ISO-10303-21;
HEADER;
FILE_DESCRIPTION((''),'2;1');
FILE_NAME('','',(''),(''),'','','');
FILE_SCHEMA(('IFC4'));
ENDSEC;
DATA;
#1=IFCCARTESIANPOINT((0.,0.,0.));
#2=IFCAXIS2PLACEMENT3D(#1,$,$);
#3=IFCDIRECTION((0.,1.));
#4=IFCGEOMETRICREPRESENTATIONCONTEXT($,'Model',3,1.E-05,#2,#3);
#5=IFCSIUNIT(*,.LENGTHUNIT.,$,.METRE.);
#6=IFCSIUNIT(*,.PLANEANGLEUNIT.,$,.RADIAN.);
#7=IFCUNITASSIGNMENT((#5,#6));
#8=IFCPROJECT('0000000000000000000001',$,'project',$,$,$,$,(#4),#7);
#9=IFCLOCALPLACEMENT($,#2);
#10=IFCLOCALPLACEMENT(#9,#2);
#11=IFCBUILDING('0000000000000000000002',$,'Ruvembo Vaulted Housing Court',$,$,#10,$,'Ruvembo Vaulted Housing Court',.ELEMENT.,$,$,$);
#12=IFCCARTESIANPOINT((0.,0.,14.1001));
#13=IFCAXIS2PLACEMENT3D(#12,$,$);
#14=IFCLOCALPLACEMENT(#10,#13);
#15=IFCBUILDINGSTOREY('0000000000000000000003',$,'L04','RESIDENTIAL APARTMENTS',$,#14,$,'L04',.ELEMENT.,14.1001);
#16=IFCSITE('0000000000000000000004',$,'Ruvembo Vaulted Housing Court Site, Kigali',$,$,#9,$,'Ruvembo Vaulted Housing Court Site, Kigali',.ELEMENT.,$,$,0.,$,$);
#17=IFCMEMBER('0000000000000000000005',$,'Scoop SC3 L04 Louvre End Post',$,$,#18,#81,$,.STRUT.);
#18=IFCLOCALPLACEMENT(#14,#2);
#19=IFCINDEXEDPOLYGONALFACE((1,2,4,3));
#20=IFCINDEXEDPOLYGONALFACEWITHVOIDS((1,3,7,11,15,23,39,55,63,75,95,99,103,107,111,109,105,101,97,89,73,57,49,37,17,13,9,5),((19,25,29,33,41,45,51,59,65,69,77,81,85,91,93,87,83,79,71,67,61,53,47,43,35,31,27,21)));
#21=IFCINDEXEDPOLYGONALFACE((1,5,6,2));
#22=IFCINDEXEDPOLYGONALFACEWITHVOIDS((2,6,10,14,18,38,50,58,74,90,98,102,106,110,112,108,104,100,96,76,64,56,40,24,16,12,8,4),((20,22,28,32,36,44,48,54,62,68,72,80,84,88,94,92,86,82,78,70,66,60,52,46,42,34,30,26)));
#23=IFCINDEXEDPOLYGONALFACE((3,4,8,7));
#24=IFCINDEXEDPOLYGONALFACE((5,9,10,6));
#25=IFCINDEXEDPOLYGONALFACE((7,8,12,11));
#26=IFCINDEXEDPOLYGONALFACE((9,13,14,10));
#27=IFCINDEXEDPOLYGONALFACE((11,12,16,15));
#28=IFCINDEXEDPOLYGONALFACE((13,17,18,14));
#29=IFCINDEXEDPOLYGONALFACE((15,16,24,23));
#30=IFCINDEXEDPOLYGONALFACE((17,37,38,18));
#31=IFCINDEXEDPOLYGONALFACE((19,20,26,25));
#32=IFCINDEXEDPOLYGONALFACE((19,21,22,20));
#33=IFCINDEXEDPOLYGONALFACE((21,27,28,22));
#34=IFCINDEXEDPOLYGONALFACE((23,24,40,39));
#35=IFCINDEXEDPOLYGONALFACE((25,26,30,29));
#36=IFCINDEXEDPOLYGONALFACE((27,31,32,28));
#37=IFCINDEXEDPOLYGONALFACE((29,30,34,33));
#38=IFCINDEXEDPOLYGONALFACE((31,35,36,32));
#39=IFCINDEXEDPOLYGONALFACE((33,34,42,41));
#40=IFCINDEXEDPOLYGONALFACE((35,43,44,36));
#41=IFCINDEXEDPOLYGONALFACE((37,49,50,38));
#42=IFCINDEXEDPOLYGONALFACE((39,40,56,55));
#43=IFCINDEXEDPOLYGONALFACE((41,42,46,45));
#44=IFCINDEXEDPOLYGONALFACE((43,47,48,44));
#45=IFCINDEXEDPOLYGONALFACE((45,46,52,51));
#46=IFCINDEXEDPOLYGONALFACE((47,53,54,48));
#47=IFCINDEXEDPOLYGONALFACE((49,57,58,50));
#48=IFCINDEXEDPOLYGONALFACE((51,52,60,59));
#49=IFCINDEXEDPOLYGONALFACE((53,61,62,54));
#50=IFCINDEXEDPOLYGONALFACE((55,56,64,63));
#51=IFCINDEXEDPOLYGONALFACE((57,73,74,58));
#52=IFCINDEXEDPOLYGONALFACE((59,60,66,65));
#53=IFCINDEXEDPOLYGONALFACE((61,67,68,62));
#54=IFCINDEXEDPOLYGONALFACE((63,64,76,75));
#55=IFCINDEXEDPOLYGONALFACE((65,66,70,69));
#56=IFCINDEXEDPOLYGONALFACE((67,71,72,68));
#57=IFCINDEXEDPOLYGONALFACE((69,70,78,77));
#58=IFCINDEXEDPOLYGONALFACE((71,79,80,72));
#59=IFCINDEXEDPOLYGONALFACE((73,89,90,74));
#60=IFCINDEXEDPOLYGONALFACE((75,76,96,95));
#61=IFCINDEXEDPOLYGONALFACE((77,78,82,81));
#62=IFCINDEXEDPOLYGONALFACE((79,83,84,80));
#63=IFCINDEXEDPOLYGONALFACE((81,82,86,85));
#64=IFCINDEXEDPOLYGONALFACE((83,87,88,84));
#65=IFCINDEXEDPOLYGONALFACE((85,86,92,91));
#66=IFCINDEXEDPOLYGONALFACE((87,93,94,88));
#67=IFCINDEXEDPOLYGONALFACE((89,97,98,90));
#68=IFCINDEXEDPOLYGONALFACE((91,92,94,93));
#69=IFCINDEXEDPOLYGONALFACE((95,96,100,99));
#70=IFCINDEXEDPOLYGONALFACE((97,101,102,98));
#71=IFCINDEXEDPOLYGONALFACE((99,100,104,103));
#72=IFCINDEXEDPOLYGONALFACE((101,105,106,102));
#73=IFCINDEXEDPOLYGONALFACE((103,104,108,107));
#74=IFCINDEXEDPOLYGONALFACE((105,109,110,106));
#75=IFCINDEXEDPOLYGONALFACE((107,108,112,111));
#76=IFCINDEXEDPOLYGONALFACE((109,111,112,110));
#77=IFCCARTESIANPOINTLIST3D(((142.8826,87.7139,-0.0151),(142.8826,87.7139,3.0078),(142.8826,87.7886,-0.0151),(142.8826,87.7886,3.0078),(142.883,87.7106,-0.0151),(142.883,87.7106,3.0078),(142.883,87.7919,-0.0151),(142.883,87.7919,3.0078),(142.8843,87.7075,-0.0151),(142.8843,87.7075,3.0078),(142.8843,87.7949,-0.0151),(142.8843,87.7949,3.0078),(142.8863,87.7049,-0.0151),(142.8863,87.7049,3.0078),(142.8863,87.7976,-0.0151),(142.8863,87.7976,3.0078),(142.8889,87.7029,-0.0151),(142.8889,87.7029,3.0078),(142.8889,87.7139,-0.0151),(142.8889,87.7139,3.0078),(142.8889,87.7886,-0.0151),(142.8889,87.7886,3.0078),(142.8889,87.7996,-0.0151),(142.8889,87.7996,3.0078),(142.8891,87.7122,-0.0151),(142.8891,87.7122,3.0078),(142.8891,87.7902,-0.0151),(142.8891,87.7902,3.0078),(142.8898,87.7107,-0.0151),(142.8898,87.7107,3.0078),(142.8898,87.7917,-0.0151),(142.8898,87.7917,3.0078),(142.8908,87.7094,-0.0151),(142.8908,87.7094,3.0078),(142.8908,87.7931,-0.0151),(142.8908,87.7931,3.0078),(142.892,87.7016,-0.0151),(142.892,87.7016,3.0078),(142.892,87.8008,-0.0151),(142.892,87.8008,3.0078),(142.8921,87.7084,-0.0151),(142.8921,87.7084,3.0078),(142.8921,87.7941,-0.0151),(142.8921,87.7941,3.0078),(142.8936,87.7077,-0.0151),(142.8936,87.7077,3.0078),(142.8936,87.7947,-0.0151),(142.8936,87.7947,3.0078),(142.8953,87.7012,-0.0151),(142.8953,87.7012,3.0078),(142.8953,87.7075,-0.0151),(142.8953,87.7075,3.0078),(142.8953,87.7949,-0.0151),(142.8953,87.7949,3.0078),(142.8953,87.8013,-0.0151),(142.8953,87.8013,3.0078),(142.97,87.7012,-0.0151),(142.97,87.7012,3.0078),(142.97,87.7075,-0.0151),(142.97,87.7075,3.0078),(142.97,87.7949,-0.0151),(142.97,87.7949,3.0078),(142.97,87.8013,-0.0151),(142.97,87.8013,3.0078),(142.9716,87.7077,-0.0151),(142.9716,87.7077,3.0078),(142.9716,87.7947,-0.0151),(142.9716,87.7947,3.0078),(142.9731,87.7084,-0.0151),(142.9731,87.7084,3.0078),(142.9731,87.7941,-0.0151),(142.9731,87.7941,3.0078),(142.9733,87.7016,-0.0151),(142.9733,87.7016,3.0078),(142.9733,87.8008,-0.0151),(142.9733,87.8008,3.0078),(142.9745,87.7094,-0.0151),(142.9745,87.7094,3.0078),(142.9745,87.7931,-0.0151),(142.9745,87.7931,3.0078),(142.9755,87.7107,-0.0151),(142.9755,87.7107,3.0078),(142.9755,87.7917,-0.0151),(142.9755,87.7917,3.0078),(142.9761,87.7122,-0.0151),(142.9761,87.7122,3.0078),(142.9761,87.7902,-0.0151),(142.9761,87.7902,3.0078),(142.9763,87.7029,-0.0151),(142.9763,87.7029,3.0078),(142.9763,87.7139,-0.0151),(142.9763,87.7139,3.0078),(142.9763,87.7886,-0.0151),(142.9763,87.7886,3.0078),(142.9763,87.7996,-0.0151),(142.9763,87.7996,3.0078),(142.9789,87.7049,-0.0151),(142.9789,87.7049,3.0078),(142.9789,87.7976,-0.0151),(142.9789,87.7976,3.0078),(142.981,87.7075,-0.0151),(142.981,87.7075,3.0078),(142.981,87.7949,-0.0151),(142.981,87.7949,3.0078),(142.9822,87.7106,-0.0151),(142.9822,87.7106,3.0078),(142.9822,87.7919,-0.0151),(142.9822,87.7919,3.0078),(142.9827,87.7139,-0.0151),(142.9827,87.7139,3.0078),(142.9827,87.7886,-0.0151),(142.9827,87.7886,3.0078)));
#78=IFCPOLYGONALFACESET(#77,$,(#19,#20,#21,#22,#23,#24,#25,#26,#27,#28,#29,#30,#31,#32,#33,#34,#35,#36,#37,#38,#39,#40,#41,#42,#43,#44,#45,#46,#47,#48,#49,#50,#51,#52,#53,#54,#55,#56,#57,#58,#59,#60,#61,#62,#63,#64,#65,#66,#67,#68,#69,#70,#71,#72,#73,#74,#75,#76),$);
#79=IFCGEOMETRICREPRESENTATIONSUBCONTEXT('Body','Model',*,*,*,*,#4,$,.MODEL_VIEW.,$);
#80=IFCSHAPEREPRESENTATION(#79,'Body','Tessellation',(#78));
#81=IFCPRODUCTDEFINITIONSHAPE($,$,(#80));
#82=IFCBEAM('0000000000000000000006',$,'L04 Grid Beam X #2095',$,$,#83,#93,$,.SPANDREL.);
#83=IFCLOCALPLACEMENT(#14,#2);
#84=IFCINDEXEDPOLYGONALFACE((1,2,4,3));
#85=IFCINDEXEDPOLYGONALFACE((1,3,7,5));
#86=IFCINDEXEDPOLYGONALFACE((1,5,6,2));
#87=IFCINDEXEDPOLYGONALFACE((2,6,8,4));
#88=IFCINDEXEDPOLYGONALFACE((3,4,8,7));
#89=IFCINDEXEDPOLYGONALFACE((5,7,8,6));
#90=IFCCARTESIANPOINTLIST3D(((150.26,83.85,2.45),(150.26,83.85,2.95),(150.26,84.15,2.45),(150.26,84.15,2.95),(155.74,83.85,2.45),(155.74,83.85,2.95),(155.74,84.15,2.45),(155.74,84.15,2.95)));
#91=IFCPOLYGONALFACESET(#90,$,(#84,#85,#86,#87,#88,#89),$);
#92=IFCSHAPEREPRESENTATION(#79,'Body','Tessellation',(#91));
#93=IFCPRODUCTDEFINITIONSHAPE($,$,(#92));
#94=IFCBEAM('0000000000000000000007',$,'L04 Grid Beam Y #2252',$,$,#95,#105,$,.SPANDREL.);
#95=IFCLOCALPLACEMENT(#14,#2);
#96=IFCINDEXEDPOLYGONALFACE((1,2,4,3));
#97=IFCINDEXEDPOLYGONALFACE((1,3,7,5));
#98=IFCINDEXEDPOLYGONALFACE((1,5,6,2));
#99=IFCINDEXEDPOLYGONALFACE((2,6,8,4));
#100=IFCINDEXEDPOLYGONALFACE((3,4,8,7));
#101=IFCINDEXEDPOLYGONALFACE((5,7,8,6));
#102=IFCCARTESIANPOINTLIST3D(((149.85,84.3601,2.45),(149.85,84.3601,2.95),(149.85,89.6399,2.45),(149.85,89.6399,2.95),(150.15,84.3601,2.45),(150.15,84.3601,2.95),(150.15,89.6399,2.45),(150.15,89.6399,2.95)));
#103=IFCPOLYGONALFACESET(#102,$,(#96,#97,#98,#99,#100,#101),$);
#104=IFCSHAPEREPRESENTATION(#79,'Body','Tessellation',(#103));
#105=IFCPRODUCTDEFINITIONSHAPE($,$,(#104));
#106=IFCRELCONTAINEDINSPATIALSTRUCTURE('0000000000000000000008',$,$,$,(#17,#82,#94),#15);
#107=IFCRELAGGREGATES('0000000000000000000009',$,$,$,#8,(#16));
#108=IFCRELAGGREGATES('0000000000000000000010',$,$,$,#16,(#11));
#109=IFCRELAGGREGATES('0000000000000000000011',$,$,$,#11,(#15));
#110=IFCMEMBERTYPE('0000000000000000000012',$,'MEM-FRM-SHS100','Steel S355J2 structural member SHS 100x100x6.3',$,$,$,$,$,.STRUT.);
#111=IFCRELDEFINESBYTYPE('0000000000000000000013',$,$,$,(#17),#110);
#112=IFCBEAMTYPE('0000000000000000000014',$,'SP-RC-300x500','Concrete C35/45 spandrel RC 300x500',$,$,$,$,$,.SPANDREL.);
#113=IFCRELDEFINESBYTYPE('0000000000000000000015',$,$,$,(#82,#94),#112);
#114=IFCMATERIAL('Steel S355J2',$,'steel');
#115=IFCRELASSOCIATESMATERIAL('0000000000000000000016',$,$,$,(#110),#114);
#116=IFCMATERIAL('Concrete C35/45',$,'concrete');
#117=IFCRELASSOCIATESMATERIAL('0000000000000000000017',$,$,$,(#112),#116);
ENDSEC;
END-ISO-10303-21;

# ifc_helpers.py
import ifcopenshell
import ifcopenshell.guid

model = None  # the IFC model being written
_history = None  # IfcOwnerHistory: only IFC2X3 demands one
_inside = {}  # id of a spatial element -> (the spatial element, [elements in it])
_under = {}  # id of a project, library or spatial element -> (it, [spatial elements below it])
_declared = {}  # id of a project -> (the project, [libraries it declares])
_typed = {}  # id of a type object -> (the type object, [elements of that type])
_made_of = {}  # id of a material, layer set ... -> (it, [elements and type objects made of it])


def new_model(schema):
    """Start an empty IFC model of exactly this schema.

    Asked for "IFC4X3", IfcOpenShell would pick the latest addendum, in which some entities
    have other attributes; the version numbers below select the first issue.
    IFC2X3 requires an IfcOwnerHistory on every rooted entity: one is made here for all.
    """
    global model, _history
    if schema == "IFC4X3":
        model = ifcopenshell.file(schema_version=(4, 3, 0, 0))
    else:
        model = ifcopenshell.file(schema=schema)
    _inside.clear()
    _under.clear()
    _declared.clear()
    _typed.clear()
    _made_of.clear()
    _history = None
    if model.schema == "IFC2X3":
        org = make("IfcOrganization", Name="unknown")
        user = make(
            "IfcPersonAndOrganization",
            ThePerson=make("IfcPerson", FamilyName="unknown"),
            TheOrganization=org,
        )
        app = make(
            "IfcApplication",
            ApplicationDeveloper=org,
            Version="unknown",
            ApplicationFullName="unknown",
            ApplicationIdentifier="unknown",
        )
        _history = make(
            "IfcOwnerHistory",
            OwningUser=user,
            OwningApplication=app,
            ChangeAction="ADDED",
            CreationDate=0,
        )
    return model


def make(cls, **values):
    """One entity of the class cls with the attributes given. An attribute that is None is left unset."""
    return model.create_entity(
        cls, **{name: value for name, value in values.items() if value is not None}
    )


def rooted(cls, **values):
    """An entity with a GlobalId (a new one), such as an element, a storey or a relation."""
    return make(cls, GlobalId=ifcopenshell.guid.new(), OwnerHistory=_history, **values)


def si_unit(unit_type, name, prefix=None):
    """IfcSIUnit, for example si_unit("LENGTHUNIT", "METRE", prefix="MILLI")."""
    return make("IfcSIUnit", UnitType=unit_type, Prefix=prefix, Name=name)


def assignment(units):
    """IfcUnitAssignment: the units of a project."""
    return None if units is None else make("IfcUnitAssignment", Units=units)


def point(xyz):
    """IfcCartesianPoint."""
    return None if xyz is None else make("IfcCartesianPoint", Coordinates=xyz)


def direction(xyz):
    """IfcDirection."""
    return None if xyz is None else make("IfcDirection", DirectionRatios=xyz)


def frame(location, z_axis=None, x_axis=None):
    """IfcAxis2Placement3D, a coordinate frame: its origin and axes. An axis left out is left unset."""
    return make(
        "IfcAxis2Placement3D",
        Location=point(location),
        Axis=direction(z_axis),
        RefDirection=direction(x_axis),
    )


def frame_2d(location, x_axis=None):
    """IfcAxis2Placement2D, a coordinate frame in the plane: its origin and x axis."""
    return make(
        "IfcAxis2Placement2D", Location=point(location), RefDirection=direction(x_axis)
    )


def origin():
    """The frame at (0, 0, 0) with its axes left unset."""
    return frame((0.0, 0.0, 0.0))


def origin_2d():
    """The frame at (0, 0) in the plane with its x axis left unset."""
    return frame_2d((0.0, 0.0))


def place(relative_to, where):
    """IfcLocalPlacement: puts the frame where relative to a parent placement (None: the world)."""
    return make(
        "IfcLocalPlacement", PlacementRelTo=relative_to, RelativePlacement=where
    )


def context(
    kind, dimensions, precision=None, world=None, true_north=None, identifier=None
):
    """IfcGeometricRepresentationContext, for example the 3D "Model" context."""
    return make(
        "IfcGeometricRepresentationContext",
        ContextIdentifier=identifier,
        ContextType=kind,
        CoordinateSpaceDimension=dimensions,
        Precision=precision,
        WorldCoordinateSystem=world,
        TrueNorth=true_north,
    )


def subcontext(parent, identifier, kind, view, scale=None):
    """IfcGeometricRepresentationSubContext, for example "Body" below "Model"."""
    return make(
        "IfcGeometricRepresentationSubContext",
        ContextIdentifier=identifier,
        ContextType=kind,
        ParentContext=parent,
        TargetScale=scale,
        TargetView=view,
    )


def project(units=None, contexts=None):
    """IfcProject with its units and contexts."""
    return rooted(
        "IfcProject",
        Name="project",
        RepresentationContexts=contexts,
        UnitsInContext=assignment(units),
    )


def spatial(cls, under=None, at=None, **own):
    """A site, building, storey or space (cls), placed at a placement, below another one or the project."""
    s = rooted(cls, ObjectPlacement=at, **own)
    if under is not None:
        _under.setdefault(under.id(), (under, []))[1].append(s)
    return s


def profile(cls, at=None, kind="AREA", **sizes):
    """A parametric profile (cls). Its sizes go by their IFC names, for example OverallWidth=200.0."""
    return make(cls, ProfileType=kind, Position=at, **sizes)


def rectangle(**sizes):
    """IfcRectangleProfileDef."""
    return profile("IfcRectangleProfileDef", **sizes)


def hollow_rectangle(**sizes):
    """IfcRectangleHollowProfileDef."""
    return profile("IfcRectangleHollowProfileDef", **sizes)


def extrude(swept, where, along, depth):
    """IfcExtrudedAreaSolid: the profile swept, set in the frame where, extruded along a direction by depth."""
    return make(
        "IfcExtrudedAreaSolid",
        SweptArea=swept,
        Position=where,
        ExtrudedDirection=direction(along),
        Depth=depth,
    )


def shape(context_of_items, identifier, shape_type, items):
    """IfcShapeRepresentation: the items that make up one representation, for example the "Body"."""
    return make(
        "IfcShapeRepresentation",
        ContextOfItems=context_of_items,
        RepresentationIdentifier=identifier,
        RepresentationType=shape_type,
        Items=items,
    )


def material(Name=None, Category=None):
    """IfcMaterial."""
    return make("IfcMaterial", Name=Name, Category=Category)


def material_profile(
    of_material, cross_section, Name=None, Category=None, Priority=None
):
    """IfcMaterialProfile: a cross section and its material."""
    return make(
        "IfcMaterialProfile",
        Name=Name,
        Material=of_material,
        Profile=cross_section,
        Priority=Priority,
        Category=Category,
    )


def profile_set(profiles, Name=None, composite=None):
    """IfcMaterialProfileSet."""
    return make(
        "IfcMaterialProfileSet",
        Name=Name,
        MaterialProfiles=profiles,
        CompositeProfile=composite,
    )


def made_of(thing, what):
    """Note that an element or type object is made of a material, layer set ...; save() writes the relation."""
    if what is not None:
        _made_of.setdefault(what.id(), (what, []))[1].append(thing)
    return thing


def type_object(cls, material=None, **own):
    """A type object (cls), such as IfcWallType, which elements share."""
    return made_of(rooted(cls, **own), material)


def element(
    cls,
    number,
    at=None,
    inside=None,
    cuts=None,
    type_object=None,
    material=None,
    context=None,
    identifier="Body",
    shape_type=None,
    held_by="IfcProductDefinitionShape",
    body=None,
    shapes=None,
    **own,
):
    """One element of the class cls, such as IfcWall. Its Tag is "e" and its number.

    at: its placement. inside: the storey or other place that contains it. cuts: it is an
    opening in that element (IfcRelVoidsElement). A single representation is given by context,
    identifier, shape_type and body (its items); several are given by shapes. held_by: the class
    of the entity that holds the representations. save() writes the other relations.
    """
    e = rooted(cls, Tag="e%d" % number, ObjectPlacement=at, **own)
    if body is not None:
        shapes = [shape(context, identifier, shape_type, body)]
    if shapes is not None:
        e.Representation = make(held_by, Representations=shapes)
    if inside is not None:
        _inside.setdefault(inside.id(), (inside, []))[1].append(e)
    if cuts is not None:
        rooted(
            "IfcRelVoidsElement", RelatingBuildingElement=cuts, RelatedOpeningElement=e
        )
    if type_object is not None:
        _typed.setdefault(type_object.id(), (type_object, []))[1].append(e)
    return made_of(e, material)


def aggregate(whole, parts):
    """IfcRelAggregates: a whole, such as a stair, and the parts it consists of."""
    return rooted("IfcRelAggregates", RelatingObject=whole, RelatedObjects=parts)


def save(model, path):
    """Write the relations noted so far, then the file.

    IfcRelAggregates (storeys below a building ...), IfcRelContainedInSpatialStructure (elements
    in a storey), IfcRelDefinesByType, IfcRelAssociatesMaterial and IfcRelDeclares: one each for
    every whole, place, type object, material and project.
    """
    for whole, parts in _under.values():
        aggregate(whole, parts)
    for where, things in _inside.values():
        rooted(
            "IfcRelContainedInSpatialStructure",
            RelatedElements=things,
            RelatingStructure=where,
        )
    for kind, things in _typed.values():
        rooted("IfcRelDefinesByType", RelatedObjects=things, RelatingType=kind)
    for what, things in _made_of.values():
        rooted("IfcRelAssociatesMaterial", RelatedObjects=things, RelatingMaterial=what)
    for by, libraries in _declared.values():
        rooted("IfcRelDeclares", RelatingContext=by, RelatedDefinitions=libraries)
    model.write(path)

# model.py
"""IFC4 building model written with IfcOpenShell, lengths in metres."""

from ifc_helpers import new_model, si_unit, direction, frame, origin, origin_2d, place, context, subcontext, project, spatial, rectangle, hollow_rectangle, extrude, material, material_profile, profile_set, type_object, element, save


model = new_model("IFC4")

# Units and contexts
model_context = context("Model", 3, precision=1e-05, world=origin(), true_north=direction((0.0, 1.0)))
body_context = subcontext(model_context, "Body", "Model", "MODEL_VIEW")
ifc_project = project(units=[si_unit("LENGTHUNIT", "METRE"), si_unit("PLANEANGLEUNIT", "RADIAN")], contexts=[model_context])

# Site, building, storey
site_placement = place(None, origin())
site = spatial("IfcSite", under=ifc_project, at=site_placement, Name="Ruvembo Vaulted Housing Court Site, Kigali", LongName="Ruvembo Vaulted Housing Court Site, Kigali", CompositionType="ELEMENT", RefElevation=0.0)
building_placement = place(site_placement, origin())
building = spatial("IfcBuilding", under=site, at=building_placement, Name="Ruvembo Vaulted Housing Court", LongName="Ruvembo Vaulted Housing Court", CompositionType="ELEMENT")
storey_placement = place(building_placement, frame((0.0, 0.0, 14.1001)))
storey = spatial("IfcBuildingStorey", under=building, at=storey_placement, Name="L04", Description="RESIDENTIAL APARTMENTS", LongName="L04", CompositionType="ELEMENT", Elevation=14.1001)

# Shared definitions
ifc_material_1 = material(Name="Concrete C35/45", Category="concrete")

# Shared definitions
ifc_material_2 = material(Name="Steel S355J2", Category="steel")

# Member
ifc_material_profile_1 = material_profile(ifc_material_2, hollow_rectangle(XDim=0.1001, YDim=0.1001, WallThickness=0.0063, InnerFilletRadius=0.0063, OuterFilletRadius=0.0127, at=origin_2d()), Name="SHS 100x100x6.3")
ifc_profile_set_1 = profile_set([ifc_material_profile_1], Name="Steel S355J2")
member_type_1 = type_object("IfcMemberType", Name="MEM-FRM-SHS100", Description="Steel S355J2 structural member SHS 100x100x6.3", PredefinedType="STRUT", material=ifc_profile_set_1)
for number, where, z_axis, x_axis, name in (
    (1, (142.9326, 87.7512, -0.0151), (0.0, 0.0, 1.0), (1.0, 0.0, 0.0), "Scoop SC3 L04 Louvre End Post"),
):
    element("IfcMember", number, at=place(storey_placement, frame(where, z_axis=z_axis, x_axis=x_axis)), inside=storey, type_object=member_type_1, Name=name, PredefinedType="STRUT", context=body_context, shape_type="SweptSolid", body=[
        extrude(hollow_rectangle(XDim=0.1001, YDim=0.1001, WallThickness=0.0063, InnerFilletRadius=0.0063, OuterFilletRadius=0.0127, at=origin_2d()), origin(), (0.0, 0.0, 1.0), 3.0229),
    ])

# Beams
ifc_material_profile_2 = material_profile(ifc_material_1, rectangle(XDim=0.3, YDim=0.5, at=origin_2d()), Name="RC 300x500")
ifc_profile_set_2 = profile_set([ifc_material_profile_2], Name="Concrete C35/45")
beam_type_1 = type_object("IfcBeamType", Name="SP-RC-300x500", Description="Concrete C35/45 spandrel RC 300x500", PredefinedType="SPANDREL", material=ifc_profile_set_2)
beam_1_placement = place(storey_placement, frame((150.26, 84.0, 2.7), z_axis=(1.0, 0.0, 0.0), x_axis=(0.0, 1.0, 0.0)))
element("IfcBeam", 2, at=beam_1_placement, inside=storey, type_object=beam_type_1, Name="L04 Grid Beam X #2095", PredefinedType="SPANDREL", context=body_context, shape_type="SweptSolid", body=[
    extrude(rectangle(XDim=0.3, YDim=0.5, at=origin_2d()), origin(), (0.0, 0.0, 1.0), 5.48),
])
beam_2_placement = place(storey_placement, frame((150.0, 84.3601, 2.7), z_axis=(0.0, 1.0, 0.0), x_axis=(-1.0, 0.0, 0.0)))
element("IfcBeam", 3, at=beam_2_placement, inside=storey, type_object=beam_type_1, Name="L04 Grid Beam Y #2252", PredefinedType="SPANDREL", context=body_context, shape_type="SweptSolid", body=[
    extrude(rectangle(XDim=0.3, YDim=0.5, at=origin_2d()), origin(), (0.0, 0.0, 1.0), 5.2798),
])

save(model, "model.ifc")
